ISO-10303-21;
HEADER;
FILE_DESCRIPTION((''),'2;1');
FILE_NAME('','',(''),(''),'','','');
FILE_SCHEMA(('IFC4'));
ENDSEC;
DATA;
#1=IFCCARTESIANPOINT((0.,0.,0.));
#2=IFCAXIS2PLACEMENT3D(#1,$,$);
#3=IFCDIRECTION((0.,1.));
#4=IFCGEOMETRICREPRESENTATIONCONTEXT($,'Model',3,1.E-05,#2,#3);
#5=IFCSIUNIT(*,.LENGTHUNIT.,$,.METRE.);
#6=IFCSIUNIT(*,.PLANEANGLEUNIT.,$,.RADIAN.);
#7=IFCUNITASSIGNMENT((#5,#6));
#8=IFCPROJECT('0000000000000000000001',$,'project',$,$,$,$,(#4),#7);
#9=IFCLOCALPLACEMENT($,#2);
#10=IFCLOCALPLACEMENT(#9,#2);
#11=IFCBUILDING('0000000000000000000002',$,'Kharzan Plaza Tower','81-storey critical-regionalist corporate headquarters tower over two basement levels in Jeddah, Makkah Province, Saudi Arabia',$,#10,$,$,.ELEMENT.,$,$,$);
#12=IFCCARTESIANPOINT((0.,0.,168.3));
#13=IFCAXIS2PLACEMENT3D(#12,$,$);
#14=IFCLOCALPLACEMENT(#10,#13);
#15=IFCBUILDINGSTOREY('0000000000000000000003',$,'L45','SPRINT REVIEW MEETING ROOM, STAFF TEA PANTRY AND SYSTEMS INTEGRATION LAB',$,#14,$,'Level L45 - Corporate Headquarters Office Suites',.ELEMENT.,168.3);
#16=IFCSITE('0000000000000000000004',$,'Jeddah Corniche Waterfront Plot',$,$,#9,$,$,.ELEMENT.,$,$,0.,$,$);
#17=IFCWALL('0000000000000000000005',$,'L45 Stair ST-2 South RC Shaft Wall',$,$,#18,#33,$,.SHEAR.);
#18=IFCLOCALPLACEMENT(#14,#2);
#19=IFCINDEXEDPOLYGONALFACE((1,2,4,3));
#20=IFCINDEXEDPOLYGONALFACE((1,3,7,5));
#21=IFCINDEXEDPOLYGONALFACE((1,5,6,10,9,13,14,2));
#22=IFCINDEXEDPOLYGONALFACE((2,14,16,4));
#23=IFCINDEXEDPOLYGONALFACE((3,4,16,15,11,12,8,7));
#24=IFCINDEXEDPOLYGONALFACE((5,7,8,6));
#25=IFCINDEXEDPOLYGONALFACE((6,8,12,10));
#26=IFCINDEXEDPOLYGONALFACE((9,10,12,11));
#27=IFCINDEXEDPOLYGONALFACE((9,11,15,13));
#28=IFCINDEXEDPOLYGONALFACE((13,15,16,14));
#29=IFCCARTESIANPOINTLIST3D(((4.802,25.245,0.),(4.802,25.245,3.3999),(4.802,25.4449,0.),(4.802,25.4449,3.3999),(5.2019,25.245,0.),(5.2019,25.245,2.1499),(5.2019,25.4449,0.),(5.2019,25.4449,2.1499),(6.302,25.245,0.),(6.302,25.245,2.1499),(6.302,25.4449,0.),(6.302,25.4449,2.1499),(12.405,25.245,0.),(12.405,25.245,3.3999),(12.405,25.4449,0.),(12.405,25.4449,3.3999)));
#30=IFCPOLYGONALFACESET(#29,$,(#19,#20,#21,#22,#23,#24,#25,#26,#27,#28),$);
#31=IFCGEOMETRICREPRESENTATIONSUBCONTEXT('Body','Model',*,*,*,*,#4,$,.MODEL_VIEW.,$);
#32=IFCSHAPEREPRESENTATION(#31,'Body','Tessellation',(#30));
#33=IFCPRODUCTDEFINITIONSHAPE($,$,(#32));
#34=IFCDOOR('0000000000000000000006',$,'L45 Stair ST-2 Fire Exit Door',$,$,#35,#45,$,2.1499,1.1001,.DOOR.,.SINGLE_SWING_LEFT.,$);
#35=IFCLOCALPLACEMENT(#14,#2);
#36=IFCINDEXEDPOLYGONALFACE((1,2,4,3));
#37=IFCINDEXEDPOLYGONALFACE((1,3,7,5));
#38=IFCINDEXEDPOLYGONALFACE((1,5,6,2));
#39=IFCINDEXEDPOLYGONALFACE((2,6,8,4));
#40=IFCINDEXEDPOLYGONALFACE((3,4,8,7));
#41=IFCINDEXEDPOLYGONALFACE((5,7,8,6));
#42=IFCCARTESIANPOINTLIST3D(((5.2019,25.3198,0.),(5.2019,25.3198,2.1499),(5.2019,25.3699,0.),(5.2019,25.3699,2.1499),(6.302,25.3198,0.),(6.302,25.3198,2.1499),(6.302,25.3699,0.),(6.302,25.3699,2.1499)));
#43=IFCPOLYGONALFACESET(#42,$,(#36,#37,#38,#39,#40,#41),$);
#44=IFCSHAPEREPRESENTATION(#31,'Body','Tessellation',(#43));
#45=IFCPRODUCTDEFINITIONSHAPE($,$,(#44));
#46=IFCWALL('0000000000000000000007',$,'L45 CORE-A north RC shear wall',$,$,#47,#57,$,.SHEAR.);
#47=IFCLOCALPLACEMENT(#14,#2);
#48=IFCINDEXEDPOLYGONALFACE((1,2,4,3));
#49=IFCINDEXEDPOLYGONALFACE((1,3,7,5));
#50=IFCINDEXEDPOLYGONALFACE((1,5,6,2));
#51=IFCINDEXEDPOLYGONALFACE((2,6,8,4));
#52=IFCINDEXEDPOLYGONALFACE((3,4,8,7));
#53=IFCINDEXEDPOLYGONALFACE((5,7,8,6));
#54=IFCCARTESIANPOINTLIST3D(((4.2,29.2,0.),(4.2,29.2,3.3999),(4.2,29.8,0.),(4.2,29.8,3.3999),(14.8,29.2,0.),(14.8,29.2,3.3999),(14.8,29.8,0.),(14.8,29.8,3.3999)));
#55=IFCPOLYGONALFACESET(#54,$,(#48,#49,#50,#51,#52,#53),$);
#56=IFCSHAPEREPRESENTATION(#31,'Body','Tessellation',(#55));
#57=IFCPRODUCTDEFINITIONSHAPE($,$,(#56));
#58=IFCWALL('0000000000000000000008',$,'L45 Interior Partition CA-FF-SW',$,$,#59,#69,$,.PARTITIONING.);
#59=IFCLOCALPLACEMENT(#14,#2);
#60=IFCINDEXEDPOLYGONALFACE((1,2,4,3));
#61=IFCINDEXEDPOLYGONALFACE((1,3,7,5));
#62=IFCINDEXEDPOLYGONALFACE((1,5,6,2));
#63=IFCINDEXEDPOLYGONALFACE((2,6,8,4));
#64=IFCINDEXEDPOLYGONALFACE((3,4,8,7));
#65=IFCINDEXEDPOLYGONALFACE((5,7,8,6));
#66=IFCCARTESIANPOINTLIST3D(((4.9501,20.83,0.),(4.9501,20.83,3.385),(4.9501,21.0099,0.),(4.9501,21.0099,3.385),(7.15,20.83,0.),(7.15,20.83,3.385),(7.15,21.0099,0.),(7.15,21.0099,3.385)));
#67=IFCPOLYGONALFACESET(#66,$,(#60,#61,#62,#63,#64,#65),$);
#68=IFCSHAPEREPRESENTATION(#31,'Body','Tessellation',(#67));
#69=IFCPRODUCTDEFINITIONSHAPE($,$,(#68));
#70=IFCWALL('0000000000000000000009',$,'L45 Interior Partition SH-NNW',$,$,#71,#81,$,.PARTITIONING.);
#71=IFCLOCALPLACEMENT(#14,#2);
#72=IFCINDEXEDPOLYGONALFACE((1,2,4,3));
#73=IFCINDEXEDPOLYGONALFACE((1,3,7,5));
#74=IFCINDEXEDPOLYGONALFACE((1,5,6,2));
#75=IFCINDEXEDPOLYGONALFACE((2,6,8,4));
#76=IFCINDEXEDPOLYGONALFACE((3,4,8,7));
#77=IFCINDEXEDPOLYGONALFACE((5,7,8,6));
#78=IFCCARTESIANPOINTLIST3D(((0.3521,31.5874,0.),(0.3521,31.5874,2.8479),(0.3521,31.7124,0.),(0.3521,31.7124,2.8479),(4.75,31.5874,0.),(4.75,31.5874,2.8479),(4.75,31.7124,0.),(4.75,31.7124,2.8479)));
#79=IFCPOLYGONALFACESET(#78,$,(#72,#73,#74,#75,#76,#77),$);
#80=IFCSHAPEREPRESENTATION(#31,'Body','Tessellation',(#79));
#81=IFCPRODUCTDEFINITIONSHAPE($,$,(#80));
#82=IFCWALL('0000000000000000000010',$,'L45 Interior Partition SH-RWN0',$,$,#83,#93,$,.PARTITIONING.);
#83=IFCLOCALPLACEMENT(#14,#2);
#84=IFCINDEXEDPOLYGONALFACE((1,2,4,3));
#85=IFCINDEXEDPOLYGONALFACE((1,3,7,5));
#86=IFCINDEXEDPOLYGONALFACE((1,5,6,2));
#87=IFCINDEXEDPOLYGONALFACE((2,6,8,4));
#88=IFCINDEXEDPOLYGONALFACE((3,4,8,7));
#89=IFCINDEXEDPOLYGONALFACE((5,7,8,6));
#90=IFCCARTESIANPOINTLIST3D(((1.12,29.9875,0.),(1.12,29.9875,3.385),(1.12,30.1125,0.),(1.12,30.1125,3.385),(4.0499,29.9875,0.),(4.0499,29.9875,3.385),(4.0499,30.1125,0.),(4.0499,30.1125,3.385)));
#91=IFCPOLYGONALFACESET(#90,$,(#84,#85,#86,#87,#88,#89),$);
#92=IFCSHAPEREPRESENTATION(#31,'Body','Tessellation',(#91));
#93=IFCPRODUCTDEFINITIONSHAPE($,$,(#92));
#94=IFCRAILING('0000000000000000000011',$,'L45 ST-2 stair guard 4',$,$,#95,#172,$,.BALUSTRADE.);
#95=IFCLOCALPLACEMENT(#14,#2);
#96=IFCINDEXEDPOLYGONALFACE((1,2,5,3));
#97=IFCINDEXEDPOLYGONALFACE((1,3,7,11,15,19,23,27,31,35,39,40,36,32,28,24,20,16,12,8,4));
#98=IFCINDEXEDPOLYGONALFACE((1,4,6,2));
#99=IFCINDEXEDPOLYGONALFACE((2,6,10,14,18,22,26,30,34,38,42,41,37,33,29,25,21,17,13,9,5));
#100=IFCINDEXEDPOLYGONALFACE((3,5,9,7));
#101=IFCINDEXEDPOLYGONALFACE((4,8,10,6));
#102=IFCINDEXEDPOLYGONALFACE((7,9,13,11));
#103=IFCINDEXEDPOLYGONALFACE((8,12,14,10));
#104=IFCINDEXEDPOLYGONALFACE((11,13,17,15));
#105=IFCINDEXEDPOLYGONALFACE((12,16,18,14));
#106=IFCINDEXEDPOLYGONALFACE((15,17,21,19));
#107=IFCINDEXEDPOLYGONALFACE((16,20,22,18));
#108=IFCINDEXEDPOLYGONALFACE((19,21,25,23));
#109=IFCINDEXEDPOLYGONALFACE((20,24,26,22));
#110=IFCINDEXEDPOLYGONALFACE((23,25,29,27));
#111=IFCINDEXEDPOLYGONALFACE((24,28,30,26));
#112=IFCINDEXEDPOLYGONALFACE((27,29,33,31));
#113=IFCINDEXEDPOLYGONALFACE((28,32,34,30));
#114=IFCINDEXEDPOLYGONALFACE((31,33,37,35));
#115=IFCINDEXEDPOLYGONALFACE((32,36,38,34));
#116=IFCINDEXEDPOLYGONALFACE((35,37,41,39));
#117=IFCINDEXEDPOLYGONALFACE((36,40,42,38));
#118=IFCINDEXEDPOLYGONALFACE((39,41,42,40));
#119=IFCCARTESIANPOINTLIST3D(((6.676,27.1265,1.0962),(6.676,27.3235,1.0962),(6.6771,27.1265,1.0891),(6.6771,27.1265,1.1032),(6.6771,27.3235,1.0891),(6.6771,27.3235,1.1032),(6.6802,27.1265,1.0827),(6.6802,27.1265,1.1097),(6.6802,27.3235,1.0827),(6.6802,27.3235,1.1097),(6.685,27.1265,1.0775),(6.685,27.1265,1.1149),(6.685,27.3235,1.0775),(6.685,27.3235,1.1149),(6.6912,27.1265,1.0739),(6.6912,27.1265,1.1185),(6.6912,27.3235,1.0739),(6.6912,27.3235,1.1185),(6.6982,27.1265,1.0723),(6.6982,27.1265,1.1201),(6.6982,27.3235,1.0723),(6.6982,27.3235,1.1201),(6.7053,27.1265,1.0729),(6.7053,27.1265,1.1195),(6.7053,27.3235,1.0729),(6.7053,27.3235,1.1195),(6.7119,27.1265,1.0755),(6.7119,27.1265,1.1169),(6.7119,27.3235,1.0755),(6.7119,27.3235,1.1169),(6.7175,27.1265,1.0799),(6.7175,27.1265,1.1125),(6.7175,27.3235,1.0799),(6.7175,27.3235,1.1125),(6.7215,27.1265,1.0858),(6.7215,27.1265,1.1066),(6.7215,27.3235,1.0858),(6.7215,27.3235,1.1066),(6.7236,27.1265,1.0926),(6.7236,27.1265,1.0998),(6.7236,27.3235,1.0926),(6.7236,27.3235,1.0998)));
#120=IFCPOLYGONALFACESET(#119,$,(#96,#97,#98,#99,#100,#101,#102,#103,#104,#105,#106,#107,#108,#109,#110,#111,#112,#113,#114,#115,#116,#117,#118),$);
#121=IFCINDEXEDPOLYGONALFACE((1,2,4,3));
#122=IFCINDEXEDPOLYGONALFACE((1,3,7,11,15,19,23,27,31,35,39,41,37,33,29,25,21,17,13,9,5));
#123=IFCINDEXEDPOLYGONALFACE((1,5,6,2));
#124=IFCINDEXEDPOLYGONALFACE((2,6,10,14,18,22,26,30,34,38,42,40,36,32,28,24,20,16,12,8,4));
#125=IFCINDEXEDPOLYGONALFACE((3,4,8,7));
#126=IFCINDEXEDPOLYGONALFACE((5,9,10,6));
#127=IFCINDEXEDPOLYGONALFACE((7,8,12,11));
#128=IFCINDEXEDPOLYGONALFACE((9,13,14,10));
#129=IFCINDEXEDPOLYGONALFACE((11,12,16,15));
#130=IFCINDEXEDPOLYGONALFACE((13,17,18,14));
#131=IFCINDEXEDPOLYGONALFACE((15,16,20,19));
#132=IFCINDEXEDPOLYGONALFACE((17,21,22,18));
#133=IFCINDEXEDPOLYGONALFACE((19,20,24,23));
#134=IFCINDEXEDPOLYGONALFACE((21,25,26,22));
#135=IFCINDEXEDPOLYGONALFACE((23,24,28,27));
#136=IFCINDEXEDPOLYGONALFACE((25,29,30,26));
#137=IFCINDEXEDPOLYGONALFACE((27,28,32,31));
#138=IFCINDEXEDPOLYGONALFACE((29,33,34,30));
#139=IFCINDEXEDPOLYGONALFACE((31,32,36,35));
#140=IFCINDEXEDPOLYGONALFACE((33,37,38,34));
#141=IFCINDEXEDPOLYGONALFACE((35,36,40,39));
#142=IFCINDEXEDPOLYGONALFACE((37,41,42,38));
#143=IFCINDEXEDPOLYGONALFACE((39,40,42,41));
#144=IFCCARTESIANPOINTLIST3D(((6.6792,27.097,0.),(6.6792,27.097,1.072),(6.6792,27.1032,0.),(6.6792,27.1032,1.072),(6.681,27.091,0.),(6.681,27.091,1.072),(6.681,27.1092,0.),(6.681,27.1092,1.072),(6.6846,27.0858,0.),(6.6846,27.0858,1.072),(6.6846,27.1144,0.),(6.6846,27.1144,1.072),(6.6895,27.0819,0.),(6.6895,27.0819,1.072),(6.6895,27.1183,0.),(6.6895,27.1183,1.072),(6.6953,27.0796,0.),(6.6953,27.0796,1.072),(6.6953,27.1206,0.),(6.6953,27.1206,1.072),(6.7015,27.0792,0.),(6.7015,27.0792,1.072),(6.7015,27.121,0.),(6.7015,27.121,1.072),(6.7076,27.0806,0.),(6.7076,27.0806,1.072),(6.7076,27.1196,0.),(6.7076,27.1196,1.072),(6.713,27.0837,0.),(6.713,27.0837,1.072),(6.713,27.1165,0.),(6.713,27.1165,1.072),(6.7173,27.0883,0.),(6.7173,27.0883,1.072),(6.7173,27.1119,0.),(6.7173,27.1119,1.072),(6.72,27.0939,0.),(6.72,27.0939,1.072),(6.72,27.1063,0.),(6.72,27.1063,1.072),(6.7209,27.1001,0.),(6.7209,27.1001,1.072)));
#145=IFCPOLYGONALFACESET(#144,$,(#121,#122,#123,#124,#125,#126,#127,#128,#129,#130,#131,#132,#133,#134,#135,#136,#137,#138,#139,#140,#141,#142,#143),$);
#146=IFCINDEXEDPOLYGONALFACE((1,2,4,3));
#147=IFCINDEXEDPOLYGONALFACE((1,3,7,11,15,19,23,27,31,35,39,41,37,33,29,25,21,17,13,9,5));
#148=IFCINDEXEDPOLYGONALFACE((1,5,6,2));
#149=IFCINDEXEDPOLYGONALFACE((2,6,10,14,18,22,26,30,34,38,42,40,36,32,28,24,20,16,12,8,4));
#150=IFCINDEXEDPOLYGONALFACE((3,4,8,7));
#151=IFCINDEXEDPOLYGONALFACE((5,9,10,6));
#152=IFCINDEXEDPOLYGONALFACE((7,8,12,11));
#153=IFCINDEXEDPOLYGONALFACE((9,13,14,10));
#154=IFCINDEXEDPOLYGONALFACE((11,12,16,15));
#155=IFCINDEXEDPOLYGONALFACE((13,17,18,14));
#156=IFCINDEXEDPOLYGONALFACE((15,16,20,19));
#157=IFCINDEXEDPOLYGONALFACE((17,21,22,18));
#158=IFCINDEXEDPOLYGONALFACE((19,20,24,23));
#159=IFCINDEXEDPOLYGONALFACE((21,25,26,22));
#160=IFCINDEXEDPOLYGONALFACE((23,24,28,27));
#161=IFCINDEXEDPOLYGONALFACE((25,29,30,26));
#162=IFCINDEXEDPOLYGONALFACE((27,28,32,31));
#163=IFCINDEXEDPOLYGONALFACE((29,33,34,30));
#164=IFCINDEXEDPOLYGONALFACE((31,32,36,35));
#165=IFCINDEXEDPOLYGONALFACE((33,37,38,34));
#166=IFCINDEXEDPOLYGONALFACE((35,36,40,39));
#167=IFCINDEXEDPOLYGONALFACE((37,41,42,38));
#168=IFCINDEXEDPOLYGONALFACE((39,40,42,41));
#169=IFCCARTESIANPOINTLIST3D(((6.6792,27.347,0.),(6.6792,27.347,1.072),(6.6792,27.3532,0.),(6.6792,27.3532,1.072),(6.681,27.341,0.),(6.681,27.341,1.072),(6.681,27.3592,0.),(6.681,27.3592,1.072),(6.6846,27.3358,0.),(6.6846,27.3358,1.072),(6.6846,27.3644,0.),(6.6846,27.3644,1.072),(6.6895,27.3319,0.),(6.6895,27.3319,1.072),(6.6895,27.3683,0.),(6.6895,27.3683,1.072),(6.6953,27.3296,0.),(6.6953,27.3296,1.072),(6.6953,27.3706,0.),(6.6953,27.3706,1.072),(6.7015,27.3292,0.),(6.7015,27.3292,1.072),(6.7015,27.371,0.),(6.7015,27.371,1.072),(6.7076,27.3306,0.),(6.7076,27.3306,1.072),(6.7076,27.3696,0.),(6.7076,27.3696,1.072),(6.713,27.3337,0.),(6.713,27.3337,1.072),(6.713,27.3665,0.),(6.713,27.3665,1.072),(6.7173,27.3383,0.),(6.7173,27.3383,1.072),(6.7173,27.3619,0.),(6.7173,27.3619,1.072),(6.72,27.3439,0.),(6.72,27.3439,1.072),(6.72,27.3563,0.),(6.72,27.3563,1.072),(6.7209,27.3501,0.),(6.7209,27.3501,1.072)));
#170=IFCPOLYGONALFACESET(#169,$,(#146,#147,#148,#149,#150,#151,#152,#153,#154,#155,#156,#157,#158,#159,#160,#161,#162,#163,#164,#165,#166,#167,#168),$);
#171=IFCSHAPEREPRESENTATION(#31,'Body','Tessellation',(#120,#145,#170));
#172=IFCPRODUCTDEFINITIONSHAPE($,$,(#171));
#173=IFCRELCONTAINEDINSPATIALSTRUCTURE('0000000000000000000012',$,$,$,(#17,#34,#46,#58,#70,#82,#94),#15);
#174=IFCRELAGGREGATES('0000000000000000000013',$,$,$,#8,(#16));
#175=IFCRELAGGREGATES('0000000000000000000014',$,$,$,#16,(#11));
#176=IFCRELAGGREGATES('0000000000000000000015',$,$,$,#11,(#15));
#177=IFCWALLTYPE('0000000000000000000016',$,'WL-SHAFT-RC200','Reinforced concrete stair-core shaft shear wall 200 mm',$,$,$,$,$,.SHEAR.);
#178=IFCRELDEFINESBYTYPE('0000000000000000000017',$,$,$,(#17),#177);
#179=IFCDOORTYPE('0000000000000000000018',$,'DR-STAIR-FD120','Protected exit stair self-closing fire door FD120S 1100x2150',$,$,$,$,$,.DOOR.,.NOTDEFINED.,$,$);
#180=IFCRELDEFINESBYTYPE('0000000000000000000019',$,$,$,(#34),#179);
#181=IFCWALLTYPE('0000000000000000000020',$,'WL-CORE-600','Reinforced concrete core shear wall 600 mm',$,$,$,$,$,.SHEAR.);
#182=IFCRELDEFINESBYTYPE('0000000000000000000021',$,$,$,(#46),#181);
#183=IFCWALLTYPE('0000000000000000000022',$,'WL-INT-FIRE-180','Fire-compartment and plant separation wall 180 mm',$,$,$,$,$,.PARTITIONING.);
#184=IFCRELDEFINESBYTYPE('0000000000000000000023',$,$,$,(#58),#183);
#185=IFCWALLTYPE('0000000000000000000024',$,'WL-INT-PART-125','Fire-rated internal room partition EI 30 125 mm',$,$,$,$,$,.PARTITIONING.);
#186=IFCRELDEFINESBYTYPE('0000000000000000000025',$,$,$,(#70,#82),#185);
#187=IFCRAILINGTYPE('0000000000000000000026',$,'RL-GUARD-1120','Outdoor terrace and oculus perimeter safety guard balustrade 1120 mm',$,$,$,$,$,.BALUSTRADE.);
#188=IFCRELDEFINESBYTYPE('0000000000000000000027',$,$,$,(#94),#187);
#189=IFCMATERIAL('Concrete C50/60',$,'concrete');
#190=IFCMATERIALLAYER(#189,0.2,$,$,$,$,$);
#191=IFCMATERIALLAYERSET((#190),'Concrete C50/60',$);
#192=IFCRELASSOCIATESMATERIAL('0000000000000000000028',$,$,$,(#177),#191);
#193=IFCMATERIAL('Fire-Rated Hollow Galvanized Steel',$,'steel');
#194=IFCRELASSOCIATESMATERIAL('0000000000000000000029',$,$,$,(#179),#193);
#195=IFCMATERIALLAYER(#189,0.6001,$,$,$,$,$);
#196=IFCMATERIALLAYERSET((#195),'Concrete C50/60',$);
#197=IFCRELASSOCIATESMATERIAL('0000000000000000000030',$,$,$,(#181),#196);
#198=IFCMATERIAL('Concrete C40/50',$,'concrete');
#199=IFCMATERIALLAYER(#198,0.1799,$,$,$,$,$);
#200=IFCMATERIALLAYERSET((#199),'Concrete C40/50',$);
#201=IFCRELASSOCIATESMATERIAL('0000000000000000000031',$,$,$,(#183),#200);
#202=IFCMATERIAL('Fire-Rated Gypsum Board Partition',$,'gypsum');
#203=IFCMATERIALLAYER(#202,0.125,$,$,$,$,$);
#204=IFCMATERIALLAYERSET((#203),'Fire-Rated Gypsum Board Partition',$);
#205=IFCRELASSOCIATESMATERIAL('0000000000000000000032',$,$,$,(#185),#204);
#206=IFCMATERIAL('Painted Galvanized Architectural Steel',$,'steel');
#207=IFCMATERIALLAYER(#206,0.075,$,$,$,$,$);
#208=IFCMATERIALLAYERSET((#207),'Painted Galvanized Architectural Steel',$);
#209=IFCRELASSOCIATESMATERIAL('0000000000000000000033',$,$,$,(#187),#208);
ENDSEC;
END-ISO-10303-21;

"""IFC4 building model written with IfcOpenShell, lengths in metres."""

from ifc_helpers import new_model, si_unit, direction, frame, frame_2d, origin, origin_2d, place, context, subcontext, project, spatial, rectangle, circle, extrude, source, transform, mapped, material, layer, layer_set, type_object, element, fill, save


model = new_model("IFC4")

# Units and contexts
model_context = context("Model", 3, precision=1e-05, world=origin(), true_north=direction((0.0, 1.0)))
body_context = subcontext(model_context, "Body", "Model", "MODEL_VIEW")
ifc_project = project(units=[si_unit("LENGTHUNIT", "METRE"), si_unit("PLANEANGLEUNIT", "RADIAN")], contexts=[model_context])

# Site, building, storey
site_placement = place(None, origin())
site = spatial("IfcSite", under=ifc_project, at=site_placement, Name="Jeddah Corniche Waterfront Plot", CompositionType="ELEMENT", RefElevation=0.0)
building_placement = place(site_placement, origin())
building = spatial("IfcBuilding", under=site, at=building_placement, Name="Kharzan Plaza Tower", Description="81-storey critical-regionalist corporate headquarters tower over two basement levels in Jeddah, Makkah Province, Saudi Arabia", CompositionType="ELEMENT")
storey_placement = place(building_placement, frame((0.0, 0.0, 168.3)))
storey = spatial("IfcBuildingStorey", under=building, at=storey_placement, Name="L45", Description="SPRINT REVIEW MEETING ROOM, STAFF TEA PANTRY AND SYSTEMS INTEGRATION LAB", LongName="Level L45 - Corporate Headquarters Office Suites", CompositionType="ELEMENT", Elevation=168.3)

# Shared definitions
ifc_material_1 = material(Name="Concrete C50/60", Category="concrete")

# Shared definitions
ifc_material_2 = material(Name="Concrete C40/50", Category="concrete")

# Wall, opening, door
ifc_layer_1 = layer(ifc_material_1, 0.2)
ifc_layer_set_1 = layer_set([ifc_layer_1], Name="Concrete C50/60")
wall_type_1 = type_object("IfcWallType", Name="WL-SHAFT-RC200", Description="Reinforced concrete stair-core shaft shear wall 200 mm", PredefinedType="SHEAR", material=ifc_layer_set_1)
wall_1_placement = place(storey_placement, frame((4.802, 25.345, 0.0), z_axis=(0.0, 0.0, 1.0), x_axis=(1.0, 0.0, 0.0)))
wall_1 = element("IfcWall", 1, at=wall_1_placement, inside=storey, type_object=wall_type_1, Name="L45 Stair ST-2 South RC Shaft Wall", PredefinedType="SHEAR", context=body_context, shape_type="SweptSolid", body=[
    extrude(rectangle(XDim=7.603, YDim=0.2, at=frame_2d((3.8015, 0.0))), origin(), (0.0, 0.0, 1.0), 3.3999),
])
opening_1_placement = place(wall_1_placement, frame((0.3999, 0.0, 0.0)))
opening_1 = element("IfcOpeningElement", 2, at=opening_1_placement, cuts=wall_1, PredefinedType="OPENING", context=body_context, shape_type="SweptSolid", body=[
    extrude(rectangle(XDim=1.1001, YDim=2.1499, at=frame_2d((0.55, 1.075))), frame((0.0, 0.1099, 0.0), z_axis=(0.0, -1.0, 0.0), x_axis=(1.0, 0.0, 0.0)), (0.0, 0.0, 1.0), 0.22),
])
ifc_material_3 = material(Name="Fire-Rated Hollow Galvanized Steel", Category="steel")
door_type = type_object("IfcDoorType", Name="DR-STAIR-FD120", Description="Protected exit stair self-closing fire door FD120S 1100x2150", OperationType="NOTDEFINED", PredefinedType="DOOR", material=ifc_material_3)
shared_shape_1 = source(origin(), body_context, "Body", "SweptSolid", [
    extrude(rectangle(XDim=1.1001, YDim=2.1499, at=frame_2d((0.55, 1.075))), frame((0.0, 0.0249, 0.0), z_axis=(0.0, -1.0, 0.0), x_axis=(1.0, 0.0, 0.0)), (0.0, 0.0, 1.0), 0.05),
])
door_placement = place(opening_1_placement, origin())
door = element("IfcDoor", 3, at=door_placement, inside=storey, type_object=door_type, Name="L45 Stair ST-2 Fire Exit Door", OperationType="SINGLE_SWING_LEFT", OverallHeight=2.1499, OverallWidth=1.1001, PredefinedType="DOOR", context=body_context, shape_type="MappedRepresentation", body=[
    mapped(shared_shape_1, transform((0.0, 0.0, 0.0), x_axis=(1.0, 0.0, 0.0), y_axis=(0.0, 1.0, 0.0), z_axis=(0.0, 0.0, 1.0))),
])
fill(opening_1, door)

# Walls
ifc_layer_2 = layer(ifc_material_1, 0.6001)
ifc_layer_set_2 = layer_set([ifc_layer_2], Name="Concrete C50/60")
wall_type_2 = type_object("IfcWallType", Name="WL-CORE-600", Description="Reinforced concrete core shear wall 600 mm", PredefinedType="SHEAR", material=ifc_layer_set_2)
shared_shape_2 = source(origin(), body_context, "Body", "SweptSolid", [
    extrude(rectangle(XDim=10.6001, YDim=0.6001, at=frame_2d((5.3, 0.0))), origin(), (0.0, 0.0, 1.0), 3.3999),
])
wall_2_placement = place(storey_placement, frame((4.2, 29.5, 0.0), z_axis=(0.0, 0.0, 1.0), x_axis=(1.0, 0.0, 0.0)))
element("IfcWall", 4, at=wall_2_placement, inside=storey, type_object=wall_type_2, Name="L45 CORE-A north RC shear wall", PredefinedType="SHEAR", context=body_context, shape_type="MappedRepresentation", body=[
    mapped(shared_shape_2, transform((0.0, 0.0, 0.0), x_axis=(1.0, 0.0, 0.0), y_axis=(0.0, 1.0, 0.0), z_axis=(0.0, 0.0, 1.0))),
])
ifc_layer_3 = layer(ifc_material_2, 0.1799)
ifc_layer_set_3 = layer_set([ifc_layer_3], Name="Concrete C40/50")
wall_type_3 = type_object("IfcWallType", Name="WL-INT-FIRE-180", Description="Fire-compartment and plant separation wall 180 mm", PredefinedType="PARTITIONING", material=ifc_layer_set_3)
shared_shape_3 = source(origin(), body_context, "Body", "SweptSolid", [
    extrude(rectangle(XDim=2.2, YDim=0.1799, at=frame_2d((1.1001, 0.0))), origin(), (0.0, 0.0, 1.0), 3.385),
])
wall_3_placement = place(storey_placement, frame((4.95, 20.9199, 0.0), z_axis=(0.0, 0.0, 1.0), x_axis=(1.0, 0.0, 0.0)))
element("IfcWall", 5, at=wall_3_placement, inside=storey, type_object=wall_type_3, Name="L45 Interior Partition CA-FF-SW", PredefinedType="PARTITIONING", context=body_context, shape_type="MappedRepresentation", body=[
    mapped(shared_shape_3, transform((0.0, 0.0, 0.0), x_axis=(1.0, 0.0, 0.0), y_axis=(0.0, 1.0, 0.0), z_axis=(0.0, 0.0, 1.0))),
])
ifc_material_4 = material(Name="Fire-Rated Gypsum Board Partition", Category="gypsum")
ifc_layer_4 = layer(ifc_material_4, 0.125)
ifc_layer_set_4 = layer_set([ifc_layer_4], Name="Fire-Rated Gypsum Board Partition")
wall_type_4 = type_object("IfcWallType", Name="WL-INT-PART-125", Description="Fire-rated internal room partition EI 30 125 mm", PredefinedType="PARTITIONING", material=ifc_layer_set_4)
shared_shape_4 = source(origin(), body_context, "Body", "SweptSolid", [
    extrude(rectangle(XDim=4.3979, YDim=0.125, at=frame_2d((2.199, 0.0))), origin(), (0.0, 0.0, 1.0), 2.8479),
])
wall_4_placement = place(storey_placement, frame((0.3521, 31.6499, 0.0), z_axis=(0.0, 0.0, 1.0), x_axis=(1.0, 0.0, 0.0)))
element("IfcWall", 6, at=wall_4_placement, inside=storey, type_object=wall_type_4, Name="L45 Interior Partition SH-NNW", PredefinedType="PARTITIONING", context=body_context, shape_type="MappedRepresentation", body=[
    mapped(shared_shape_4, transform((0.0, 0.0, 0.0), x_axis=(1.0, 0.0, 0.0), y_axis=(0.0, 1.0, 0.0), z_axis=(0.0, 0.0, 1.0))),
])
shared_shape_5 = source(origin(), body_context, "Body", "SweptSolid", [
    extrude(rectangle(XDim=2.9299, YDim=0.125, at=frame_2d((1.4648, 0.0))), origin(), (0.0, 0.0, 1.0), 3.385),
])
wall_5_placement = place(storey_placement, frame((1.1201, 30.05, 0.0), z_axis=(0.0, 0.0, 1.0), x_axis=(1.0, 0.0, 0.0)))
element("IfcWall", 7, at=wall_5_placement, inside=storey, type_object=wall_type_4, Name="L45 Interior Partition SH-RWN0", PredefinedType="PARTITIONING", context=body_context, shape_type="MappedRepresentation", body=[
    mapped(shared_shape_5, transform((0.0, 0.0, 0.0), x_axis=(1.0, 0.0, 0.0), y_axis=(0.0, 1.0, 0.0), z_axis=(0.0, 0.0, 1.0))),
])

# Railing
ifc_material_5 = material(Name="Painted Galvanized Architectural Steel", Category="steel")
ifc_layer_5 = layer(ifc_material_5, 0.075)
ifc_layer_set_5 = layer_set([ifc_layer_5], Name="Painted Galvanized Architectural Steel")
railing_type = type_object("IfcRailingType", Name="RL-GUARD-1120", Description="Outdoor terrace and oculus perimeter safety guard balustrade 1120 mm", PredefinedType="BALUSTRADE", material=ifc_layer_set_5)
shared_shape_6 = source(origin(), body_context, "Body", "SweptSolid", [
    extrude(circle(Radius=0.0239, at=origin_2d()), frame((0.0, 0.0264, 1.0962), z_axis=(0.0, 1.0, 0.0), x_axis=(-1.0, 0.0, 0.0)), (0.0, 0.0, 1.0), 0.197),
    extrude(circle(Radius=0.021, at=origin_2d()), origin(), (0.0, 0.0, 1.0), 1.072),
    extrude(circle(Radius=0.021, at=origin_2d()), frame((0.0, 0.25, 0.0)), (0.0, 0.0, 1.0), 1.072),
])
railing_placement = place(storey_placement, frame((6.7, 27.1001, 0.0)))
element("IfcRailing", 8, at=railing_placement, inside=storey, type_object=railing_type, Name="L45 ST-2 stair guard 4", PredefinedType="BALUSTRADE", context=body_context, shape_type="MappedRepresentation", body=[
    mapped(shared_shape_6, transform((0.0, 0.0, 0.0), x_axis=(1.0, 0.0, 0.0), y_axis=(0.0, 1.0, 0.0), z_axis=(0.0, 0.0, 1.0))),
])

save(model, "model.ifc")
